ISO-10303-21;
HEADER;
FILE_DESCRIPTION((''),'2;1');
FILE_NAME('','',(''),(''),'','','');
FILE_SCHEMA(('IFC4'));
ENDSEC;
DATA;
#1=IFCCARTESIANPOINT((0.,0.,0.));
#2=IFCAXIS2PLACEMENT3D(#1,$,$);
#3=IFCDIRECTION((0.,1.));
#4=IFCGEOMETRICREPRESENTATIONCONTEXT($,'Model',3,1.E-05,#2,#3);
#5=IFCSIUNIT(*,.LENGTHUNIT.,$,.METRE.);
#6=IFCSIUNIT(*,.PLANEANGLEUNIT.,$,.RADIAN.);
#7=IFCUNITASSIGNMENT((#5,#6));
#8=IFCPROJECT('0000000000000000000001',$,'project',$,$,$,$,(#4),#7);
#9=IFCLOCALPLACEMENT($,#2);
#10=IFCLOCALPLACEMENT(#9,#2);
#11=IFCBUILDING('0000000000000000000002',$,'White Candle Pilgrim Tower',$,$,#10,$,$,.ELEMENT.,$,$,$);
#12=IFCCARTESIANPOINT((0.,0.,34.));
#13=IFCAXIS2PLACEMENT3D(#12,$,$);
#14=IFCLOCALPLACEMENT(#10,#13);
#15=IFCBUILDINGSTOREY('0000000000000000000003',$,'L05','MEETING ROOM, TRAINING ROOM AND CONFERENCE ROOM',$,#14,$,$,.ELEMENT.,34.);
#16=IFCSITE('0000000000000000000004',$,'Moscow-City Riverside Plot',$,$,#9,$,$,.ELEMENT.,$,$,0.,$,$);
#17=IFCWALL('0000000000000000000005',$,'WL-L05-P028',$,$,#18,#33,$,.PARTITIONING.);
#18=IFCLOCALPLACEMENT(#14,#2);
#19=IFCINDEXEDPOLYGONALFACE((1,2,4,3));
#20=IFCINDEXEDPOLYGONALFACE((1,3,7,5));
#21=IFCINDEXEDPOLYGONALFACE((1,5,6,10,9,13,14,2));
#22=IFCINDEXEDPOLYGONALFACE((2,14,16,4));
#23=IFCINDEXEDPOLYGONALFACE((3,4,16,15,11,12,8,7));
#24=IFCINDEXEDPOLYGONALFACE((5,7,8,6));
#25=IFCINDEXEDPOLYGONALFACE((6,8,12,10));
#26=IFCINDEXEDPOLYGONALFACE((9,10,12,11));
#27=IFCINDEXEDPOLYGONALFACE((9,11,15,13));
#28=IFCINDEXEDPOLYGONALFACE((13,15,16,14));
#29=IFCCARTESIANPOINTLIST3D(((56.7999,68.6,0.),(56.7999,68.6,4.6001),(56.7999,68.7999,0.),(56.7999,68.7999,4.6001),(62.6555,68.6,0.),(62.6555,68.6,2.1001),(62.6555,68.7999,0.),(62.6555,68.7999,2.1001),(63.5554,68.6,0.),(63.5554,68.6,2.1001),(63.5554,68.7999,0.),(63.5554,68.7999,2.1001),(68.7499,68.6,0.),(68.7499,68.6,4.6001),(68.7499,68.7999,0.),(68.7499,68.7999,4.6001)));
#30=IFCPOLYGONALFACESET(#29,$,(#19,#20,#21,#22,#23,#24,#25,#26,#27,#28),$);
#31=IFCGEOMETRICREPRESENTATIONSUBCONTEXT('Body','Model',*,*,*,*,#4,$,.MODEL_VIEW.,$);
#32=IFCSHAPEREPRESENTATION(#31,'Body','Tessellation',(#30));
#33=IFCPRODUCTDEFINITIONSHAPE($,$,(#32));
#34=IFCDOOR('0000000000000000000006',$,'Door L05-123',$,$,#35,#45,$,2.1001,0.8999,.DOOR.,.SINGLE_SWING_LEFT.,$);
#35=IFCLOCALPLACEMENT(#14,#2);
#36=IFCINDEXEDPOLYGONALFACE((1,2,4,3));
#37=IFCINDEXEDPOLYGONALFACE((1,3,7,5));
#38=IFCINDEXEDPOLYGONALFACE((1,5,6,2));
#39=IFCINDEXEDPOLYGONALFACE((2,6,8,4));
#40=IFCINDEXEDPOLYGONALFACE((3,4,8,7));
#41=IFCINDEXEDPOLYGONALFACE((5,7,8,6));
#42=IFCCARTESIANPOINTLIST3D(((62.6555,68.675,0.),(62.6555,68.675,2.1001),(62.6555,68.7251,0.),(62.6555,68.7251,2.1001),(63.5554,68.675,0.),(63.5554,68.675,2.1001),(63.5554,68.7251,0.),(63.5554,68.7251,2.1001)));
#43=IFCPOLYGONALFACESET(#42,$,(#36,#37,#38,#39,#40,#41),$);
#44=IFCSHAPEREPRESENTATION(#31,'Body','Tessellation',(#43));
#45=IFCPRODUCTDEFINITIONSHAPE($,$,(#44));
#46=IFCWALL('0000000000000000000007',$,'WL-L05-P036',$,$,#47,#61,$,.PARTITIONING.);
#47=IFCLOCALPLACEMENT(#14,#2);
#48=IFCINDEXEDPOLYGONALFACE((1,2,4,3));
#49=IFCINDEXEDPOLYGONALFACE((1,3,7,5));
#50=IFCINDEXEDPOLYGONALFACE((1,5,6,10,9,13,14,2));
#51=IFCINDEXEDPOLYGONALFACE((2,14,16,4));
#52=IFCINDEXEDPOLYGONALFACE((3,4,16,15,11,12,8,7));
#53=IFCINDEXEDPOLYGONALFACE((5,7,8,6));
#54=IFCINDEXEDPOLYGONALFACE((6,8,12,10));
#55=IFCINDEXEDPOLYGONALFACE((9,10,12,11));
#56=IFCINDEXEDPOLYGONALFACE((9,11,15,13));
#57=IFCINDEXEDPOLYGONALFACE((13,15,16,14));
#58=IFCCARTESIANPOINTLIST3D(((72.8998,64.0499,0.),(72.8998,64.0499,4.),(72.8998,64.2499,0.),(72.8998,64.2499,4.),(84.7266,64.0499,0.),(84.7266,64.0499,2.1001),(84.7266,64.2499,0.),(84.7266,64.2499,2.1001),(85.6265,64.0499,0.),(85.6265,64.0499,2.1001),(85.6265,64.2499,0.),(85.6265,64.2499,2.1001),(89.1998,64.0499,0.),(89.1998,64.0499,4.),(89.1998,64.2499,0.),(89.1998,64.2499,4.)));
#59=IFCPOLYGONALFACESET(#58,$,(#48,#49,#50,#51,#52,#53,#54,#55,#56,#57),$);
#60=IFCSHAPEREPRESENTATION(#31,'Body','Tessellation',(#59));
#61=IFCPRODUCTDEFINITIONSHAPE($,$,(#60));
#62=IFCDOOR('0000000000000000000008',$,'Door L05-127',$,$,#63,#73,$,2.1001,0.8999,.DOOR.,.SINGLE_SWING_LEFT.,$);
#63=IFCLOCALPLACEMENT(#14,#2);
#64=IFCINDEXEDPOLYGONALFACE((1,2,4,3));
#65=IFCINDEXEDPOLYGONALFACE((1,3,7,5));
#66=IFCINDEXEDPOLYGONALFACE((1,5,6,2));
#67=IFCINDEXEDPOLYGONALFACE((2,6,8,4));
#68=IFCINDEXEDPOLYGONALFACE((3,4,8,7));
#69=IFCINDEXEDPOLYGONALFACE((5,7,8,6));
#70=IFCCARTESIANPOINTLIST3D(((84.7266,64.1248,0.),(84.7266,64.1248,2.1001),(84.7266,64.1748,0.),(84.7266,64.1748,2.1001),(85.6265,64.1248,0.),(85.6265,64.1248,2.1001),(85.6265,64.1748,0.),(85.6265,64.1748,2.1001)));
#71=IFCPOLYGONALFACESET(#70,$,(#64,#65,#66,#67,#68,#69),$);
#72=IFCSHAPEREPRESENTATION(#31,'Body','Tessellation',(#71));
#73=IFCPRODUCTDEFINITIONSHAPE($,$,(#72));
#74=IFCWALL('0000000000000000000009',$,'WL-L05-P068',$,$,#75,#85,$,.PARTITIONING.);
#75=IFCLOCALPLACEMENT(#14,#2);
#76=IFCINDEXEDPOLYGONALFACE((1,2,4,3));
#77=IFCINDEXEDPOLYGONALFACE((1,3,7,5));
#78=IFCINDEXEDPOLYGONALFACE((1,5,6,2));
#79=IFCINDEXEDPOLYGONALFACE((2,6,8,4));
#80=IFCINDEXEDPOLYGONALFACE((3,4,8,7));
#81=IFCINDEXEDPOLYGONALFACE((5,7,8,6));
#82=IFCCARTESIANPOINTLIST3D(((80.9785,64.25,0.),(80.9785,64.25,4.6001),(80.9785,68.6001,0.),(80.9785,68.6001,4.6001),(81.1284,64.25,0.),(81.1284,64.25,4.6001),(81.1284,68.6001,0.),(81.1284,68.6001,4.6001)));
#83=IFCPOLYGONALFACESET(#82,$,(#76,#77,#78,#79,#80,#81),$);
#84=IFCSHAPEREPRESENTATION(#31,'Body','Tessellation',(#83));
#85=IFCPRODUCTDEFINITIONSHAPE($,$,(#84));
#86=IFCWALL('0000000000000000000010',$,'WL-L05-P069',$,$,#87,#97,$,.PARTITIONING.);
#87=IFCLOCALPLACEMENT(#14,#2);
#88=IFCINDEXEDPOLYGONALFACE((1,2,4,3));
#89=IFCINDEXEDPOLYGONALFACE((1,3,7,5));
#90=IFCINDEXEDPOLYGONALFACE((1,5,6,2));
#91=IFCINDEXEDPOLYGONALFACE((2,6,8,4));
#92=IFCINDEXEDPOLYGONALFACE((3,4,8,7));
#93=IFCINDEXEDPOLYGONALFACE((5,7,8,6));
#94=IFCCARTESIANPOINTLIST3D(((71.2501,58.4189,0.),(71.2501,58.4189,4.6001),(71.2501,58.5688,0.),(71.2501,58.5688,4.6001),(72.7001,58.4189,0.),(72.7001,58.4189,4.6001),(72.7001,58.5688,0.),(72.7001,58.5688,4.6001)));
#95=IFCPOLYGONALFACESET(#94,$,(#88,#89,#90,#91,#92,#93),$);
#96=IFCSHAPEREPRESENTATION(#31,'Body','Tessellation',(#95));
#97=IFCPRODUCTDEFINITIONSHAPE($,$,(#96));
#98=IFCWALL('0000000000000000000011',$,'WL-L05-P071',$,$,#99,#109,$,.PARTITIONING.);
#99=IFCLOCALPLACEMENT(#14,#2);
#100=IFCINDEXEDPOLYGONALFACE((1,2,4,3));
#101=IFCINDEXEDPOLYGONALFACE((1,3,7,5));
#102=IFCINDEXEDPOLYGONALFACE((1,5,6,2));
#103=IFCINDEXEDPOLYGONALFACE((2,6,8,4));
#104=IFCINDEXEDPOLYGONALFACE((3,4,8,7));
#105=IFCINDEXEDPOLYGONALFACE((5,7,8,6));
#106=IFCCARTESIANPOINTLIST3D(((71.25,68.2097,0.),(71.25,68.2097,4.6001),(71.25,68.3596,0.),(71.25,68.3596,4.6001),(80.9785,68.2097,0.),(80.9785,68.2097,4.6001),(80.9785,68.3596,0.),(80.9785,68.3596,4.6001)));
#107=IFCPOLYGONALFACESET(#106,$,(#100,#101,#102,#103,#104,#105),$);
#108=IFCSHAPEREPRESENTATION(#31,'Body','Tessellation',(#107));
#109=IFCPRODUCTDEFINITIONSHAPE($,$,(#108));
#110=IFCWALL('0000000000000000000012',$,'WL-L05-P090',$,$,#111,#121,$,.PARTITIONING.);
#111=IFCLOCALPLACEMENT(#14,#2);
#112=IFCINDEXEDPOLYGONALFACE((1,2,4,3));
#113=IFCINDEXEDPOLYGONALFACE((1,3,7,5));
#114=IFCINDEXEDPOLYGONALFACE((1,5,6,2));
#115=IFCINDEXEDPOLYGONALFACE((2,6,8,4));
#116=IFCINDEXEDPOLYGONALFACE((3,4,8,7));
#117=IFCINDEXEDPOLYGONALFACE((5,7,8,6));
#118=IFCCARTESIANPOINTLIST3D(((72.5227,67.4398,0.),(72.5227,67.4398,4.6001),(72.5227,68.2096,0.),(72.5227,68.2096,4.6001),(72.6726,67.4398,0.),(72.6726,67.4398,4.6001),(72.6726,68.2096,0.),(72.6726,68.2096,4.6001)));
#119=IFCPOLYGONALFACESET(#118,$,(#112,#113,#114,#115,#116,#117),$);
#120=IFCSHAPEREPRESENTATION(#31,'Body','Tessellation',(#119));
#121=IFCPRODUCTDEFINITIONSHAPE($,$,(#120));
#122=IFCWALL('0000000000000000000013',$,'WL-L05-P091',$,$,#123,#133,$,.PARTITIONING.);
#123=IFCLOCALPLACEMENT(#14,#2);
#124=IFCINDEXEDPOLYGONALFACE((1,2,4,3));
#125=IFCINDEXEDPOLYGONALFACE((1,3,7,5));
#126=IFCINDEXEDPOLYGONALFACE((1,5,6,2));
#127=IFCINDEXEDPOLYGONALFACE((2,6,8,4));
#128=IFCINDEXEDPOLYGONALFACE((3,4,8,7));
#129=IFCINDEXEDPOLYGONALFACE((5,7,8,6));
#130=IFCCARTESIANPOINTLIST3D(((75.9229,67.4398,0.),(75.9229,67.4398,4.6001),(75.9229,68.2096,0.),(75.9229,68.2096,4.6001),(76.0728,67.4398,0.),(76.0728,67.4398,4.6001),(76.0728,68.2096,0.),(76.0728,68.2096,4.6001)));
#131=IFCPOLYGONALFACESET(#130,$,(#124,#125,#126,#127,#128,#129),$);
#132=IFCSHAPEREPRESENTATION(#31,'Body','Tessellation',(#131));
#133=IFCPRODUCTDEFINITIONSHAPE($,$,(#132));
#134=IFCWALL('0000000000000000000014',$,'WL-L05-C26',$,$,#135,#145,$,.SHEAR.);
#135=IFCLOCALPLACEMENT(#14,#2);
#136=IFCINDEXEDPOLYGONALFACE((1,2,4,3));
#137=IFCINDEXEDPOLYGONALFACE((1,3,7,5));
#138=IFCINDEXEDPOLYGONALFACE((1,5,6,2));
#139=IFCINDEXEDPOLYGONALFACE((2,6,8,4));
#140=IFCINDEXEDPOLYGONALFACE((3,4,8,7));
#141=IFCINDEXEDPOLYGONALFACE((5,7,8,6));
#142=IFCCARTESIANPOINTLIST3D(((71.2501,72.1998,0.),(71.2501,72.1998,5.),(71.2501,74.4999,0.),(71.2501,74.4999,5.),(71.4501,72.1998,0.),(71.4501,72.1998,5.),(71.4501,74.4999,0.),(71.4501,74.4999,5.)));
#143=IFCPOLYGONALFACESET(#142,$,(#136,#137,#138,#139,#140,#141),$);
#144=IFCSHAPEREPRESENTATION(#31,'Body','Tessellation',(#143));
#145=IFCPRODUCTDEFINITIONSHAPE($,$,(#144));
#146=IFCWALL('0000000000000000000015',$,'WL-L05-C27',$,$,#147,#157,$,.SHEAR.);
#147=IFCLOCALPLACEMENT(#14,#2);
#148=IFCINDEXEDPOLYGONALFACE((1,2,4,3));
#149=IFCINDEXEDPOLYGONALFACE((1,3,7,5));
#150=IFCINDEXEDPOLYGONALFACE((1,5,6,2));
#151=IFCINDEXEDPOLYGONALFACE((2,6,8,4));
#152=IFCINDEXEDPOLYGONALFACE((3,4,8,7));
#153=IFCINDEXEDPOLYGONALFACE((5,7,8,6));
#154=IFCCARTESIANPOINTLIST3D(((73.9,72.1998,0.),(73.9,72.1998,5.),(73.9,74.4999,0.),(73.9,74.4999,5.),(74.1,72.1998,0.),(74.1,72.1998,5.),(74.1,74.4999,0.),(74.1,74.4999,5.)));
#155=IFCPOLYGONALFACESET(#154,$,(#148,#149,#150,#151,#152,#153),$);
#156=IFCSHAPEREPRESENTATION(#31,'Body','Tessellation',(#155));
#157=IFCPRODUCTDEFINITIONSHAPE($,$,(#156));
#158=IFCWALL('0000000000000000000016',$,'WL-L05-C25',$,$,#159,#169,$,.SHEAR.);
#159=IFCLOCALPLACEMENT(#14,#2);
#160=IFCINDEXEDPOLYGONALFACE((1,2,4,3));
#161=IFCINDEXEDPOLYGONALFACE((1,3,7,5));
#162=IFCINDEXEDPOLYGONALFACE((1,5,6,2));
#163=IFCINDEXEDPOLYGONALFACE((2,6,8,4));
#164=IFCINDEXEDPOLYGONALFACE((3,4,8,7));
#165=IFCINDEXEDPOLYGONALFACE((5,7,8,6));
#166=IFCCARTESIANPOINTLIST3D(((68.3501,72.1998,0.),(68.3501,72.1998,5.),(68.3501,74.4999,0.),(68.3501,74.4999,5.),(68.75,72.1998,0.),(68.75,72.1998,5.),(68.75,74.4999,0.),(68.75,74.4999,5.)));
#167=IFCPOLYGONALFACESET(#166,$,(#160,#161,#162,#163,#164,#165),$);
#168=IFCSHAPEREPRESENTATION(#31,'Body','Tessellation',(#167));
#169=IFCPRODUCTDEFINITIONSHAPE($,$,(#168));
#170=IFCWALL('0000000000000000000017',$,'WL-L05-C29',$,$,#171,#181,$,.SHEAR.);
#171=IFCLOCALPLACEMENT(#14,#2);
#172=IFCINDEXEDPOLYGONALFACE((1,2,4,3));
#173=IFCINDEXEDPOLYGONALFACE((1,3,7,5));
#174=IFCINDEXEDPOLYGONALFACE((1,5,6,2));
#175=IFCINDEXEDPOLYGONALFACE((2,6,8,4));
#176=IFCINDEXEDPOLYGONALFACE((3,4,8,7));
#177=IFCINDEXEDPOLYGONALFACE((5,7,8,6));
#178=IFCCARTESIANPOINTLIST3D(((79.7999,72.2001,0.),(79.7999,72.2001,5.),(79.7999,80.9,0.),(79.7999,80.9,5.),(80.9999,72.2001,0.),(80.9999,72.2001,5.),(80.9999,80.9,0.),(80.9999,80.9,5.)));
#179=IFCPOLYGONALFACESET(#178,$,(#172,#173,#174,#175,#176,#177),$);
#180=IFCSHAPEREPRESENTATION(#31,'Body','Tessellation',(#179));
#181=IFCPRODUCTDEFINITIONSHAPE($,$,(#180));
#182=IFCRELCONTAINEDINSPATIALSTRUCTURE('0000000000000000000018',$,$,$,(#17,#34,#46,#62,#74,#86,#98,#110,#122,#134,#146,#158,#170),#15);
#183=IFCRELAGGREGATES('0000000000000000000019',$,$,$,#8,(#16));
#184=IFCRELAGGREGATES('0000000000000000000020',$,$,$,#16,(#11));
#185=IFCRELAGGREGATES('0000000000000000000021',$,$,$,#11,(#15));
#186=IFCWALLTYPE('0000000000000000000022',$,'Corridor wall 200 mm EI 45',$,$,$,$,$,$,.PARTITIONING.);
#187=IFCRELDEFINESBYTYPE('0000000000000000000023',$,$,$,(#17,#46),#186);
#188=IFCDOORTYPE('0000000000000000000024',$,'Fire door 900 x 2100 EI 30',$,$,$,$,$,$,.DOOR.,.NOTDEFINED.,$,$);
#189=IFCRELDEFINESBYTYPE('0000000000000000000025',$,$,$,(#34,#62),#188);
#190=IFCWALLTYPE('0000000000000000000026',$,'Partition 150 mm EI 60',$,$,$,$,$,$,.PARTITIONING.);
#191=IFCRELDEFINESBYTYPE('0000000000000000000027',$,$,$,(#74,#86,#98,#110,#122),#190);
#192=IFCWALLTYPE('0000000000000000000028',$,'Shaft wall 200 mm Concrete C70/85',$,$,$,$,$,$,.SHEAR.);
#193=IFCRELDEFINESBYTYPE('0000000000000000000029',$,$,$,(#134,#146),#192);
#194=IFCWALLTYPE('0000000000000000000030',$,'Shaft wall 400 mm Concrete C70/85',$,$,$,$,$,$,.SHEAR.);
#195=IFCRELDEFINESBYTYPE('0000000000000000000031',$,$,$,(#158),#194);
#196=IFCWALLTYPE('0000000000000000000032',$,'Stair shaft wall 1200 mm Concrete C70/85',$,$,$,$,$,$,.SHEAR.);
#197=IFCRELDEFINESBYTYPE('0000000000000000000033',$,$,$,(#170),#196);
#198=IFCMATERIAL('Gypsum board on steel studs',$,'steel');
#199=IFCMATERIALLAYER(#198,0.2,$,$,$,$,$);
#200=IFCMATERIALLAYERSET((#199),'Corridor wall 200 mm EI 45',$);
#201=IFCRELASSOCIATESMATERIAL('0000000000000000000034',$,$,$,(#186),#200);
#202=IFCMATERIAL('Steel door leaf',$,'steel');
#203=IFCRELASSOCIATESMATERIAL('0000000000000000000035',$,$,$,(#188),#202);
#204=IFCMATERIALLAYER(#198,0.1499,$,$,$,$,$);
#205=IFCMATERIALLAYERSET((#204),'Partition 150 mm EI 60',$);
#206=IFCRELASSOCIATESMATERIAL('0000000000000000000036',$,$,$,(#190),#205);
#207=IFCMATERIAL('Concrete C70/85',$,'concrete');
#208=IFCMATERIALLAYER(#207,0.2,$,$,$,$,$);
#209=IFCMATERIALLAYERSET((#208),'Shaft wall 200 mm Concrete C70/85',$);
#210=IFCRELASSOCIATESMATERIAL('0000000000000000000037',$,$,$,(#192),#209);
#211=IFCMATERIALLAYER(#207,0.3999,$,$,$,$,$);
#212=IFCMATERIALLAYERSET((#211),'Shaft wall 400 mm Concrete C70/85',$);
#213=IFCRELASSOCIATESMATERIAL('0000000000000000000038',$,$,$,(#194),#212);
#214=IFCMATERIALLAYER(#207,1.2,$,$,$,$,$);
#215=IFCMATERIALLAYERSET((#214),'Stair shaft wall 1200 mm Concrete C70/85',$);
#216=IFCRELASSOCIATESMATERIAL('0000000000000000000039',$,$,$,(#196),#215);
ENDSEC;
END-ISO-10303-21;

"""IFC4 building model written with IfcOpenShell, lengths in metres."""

from ifc_helpers import new_model, si_unit, direction, frame, frame_2d, origin, place, context, subcontext, project, spatial, rectangle, extrude, material, layer, layer_set, type_object, element, fill, save


model = new_model("IFC4")

# Units and contexts
model_context = context("Model", 3, precision=1e-05, world=origin(), true_north=direction((0.0, 1.0)))
body_context = subcontext(model_context, "Body", "Model", "MODEL_VIEW")
ifc_project = project(units=[si_unit("LENGTHUNIT", "METRE"), si_unit("PLANEANGLEUNIT", "RADIAN")], contexts=[model_context])

# Site, building, storey
site_placement = place(None, origin())
site = spatial("IfcSite", under=ifc_project, at=site_placement, Name="Moscow-City Riverside Plot", CompositionType="ELEMENT", RefElevation=0.0)
building_placement = place(site_placement, origin())
building = spatial("IfcBuilding", under=site, at=building_placement, Name="White Candle Pilgrim Tower", CompositionType="ELEMENT")
storey_placement = place(building_placement, frame((0.0, 0.0, 34.0)))
storey = spatial("IfcBuildingStorey", under=building, at=storey_placement, Name="L05", Description="MEETING ROOM, TRAINING ROOM AND CONFERENCE ROOM", CompositionType="ELEMENT", Elevation=34.0)

# Shared definitions
ifc_material_1 = material(Name="Gypsum board on steel studs", Category="steel")
ifc_layer_1 = layer(ifc_material_1, 0.2)
ifc_layer_set_1 = layer_set([ifc_layer_1], Name="Corridor wall 200 mm EI 45")
wall_type_1 = type_object("IfcWallType", Name="Corridor wall 200 mm EI 45", PredefinedType="PARTITIONING", material=ifc_layer_set_1)
ifc_material_2 = material(Name="Steel door leaf", Category="steel")
door_type = type_object("IfcDoorType", Name="Fire door 900 x 2100 EI 30", OperationType="NOTDEFINED", PredefinedType="DOOR", material=ifc_material_2)

# Walls, openings, doors
wall_1_placement = place(storey_placement, frame((68.75, 68.7, 0.0), z_axis=(0.0, 0.0, 1.0), x_axis=(-1.0, 0.0, 0.0)))
wall_1 = element("IfcWall", 1, at=wall_1_placement, inside=storey, type_object=wall_type_1, Name="WL-L05-P028", PredefinedType="PARTITIONING", context=body_context, shape_type="SweptSolid", body=[
    extrude(rectangle(XDim=11.95, YDim=0.2, at=frame_2d((5.9751, 0.0))), origin(), (0.0, 0.0, 1.0), 4.6001),
])
opening_1_placement = place(wall_1_placement, frame((5.1946, 0.0, 0.0)))
opening_1 = element("IfcOpeningElement", 2, at=opening_1_placement, cuts=wall_1, PredefinedType="OPENING", context=body_context, shape_type="SweptSolid", body=[
    extrude(rectangle(XDim=0.8999, YDim=2.1001, at=frame_2d((0.45, 1.05))), frame((0.0, 0.1099, 0.0), z_axis=(0.0, -1.0, 0.0), x_axis=(1.0, 0.0, 0.0)), (0.0, 0.0, 1.0), 0.22),
])
door_1_placement = place(opening_1_placement, origin())
door_1 = element("IfcDoor", 3, at=door_1_placement, inside=storey, type_object=door_type, Name="Door L05-123", OperationType="SINGLE_SWING_LEFT", OverallHeight=2.1001, OverallWidth=0.8999, PredefinedType="DOOR", context=body_context, shape_type="SweptSolid", body=[
    extrude(rectangle(XDim=0.8999, YDim=2.1001, at=frame_2d((0.45, 1.05))), frame((0.0, 0.0249, 0.0), z_axis=(0.0, -1.0, 0.0), x_axis=(1.0, 0.0, 0.0)), (0.0, 0.0, 1.0), 0.05),
])
fill(opening_1, door_1)
wall_2_placement = place(storey_placement, frame((72.8999, 64.1499, 0.0), z_axis=(0.0, 0.0, 1.0), x_axis=(1.0, 0.0, 0.0)))
wall_2 = element("IfcWall", 4, at=wall_2_placement, inside=storey, type_object=wall_type_1, Name="WL-L05-P036", PredefinedType="PARTITIONING", context=body_context, shape_type="SweptSolid", body=[
    extrude(rectangle(XDim=16.3, YDim=0.2, at=frame_2d((8.1499, 0.0))), origin(), (0.0, 0.0, 1.0), 4.0),
])
opening_2_placement = place(wall_2_placement, frame((11.8267, 0.0, 0.0)))
opening_2 = element("IfcOpeningElement", 5, at=opening_2_placement, cuts=wall_2, PredefinedType="OPENING", context=body_context, shape_type="SweptSolid", body=[
    extrude(rectangle(XDim=0.8999, YDim=2.1001, at=frame_2d((0.45, 1.05))), frame((0.0, 0.1099, 0.0), z_axis=(0.0, -1.0, 0.0), x_axis=(1.0, 0.0, 0.0)), (0.0, 0.0, 1.0), 0.22),
])
door_2_placement = place(opening_2_placement, origin())
door_2 = element("IfcDoor", 6, at=door_2_placement, inside=storey, type_object=door_type, Name="Door L05-127", OperationType="SINGLE_SWING_LEFT", OverallHeight=2.1001, OverallWidth=0.8999, PredefinedType="DOOR", context=body_context, shape_type="SweptSolid", body=[
    extrude(rectangle(XDim=0.8999, YDim=2.1001, at=frame_2d((0.45, 1.05))), frame((0.0, 0.0249, 0.0), z_axis=(0.0, -1.0, 0.0), x_axis=(1.0, 0.0, 0.0)), (0.0, 0.0, 1.0), 0.05),
])
fill(opening_2, door_2)

# Walls
ifc_layer_2 = layer(ifc_material_1, 0.1499)
ifc_layer_set_2 = layer_set([ifc_layer_2], Name="Partition 150 mm EI 60")
wall_type_2 = type_object("IfcWallType", Name="Partition 150 mm EI 60", PredefinedType="PARTITIONING", material=ifc_layer_set_2)
wall_3_placement = place(storey_placement, frame((81.0535, 64.25, 0.0), z_axis=(0.0, 0.0, 1.0), x_axis=(0.0, 1.0, 0.0)))
element("IfcWall", 7, at=wall_3_placement, inside=storey, type_object=wall_type_2, Name="WL-L05-P068", PredefinedType="PARTITIONING", context=body_context, shape_type="SweptSolid", body=[
    extrude(rectangle(XDim=4.3501, YDim=0.1499, at=frame_2d((2.175, 0.0))), origin(), (0.0, 0.0, 1.0), 4.6001),
])
wall_4_placement = place(storey_placement, frame((71.25, 58.4939, 0.0), z_axis=(0.0, 0.0, 1.0), x_axis=(1.0, 0.0, 0.0)))
element("IfcWall", 8, at=wall_4_placement, inside=storey, type_object=wall_type_2, Name="WL-L05-P069", PredefinedType="PARTITIONING", context=body_context, shape_type="SweptSolid", body=[
    extrude(rectangle(XDim=1.45, YDim=0.1499, at=frame_2d((0.7251, 0.0))), origin(), (0.0, 0.0, 1.0), 4.6001),
])
wall_5_placement = place(storey_placement, frame((71.25, 68.2847, 0.0), z_axis=(0.0, 0.0, 1.0), x_axis=(1.0, 0.0, 0.0)))
element("IfcWall", 9, at=wall_5_placement, inside=storey, type_object=wall_type_2, Name="WL-L05-P071", PredefinedType="PARTITIONING", context=body_context, shape_type="SweptSolid", body=[
    extrude(rectangle(XDim=9.7285, YDim=0.1499, at=frame_2d((4.8643, 0.0))), origin(), (0.0, 0.0, 1.0), 4.6001),
])
for number, where, z_axis, x_axis, name in (
    (10, (72.5977, 67.4399, 0.0), (0.0, 0.0, 1.0), (0.0, 1.0, 0.0), "WL-L05-P090"),
    (11, (75.9978, 67.4399, 0.0), (0.0, 0.0, 1.0), (0.0, 1.0, 0.0), "WL-L05-P091"),
):
    element("IfcWall", number, at=place(storey_placement, frame(where, z_axis=z_axis, x_axis=x_axis)), inside=storey, type_object=wall_type_2, Name=name, PredefinedType="PARTITIONING", context=body_context, shape_type="SweptSolid", body=[
        extrude(rectangle(XDim=0.7698, YDim=0.1499, at=frame_2d((0.3848, 0.0))), origin(), (0.0, 0.0, 1.0), 4.6001),
    ])
ifc_material_3 = material(Name="Concrete C70/85", Category="concrete")
ifc_layer_3 = layer(ifc_material_3, 0.2)
ifc_layer_set_3 = layer_set([ifc_layer_3], Name="Shaft wall 200 mm Concrete C70/85")
wall_type_3 = type_object("IfcWallType", Name="Shaft wall 200 mm Concrete C70/85", PredefinedType="SHEAR", material=ifc_layer_set_3)
for number, where, z_axis, x_axis, name in (
    (12, (71.3501, 72.2, 0.0), (0.0, 0.0, 1.0), (0.0, 1.0, 0.0), "WL-L05-C26"),
    (13, (74.0, 72.2, 0.0), (0.0, 0.0, 1.0), (0.0, 1.0, 0.0), "WL-L05-C27"),
):
    element("IfcWall", number, at=place(storey_placement, frame(where, z_axis=z_axis, x_axis=x_axis)), inside=storey, type_object=wall_type_3, Name=name, PredefinedType="SHEAR", context=body_context, shape_type="SweptSolid", body=[
        extrude(rectangle(XDim=2.3, YDim=0.2, at=frame_2d((1.1499, 0.0))), origin(), (0.0, 0.0, 1.0), 5.0),
    ])
ifc_layer_4 = layer(ifc_material_3, 0.3999)
ifc_layer_set_4 = layer_set([ifc_layer_4], Name="Shaft wall 400 mm Concrete C70/85")
wall_type_4 = type_object("IfcWallType", Name="Shaft wall 400 mm Concrete C70/85", PredefinedType="SHEAR", material=ifc_layer_set_4)
wall_6_placement = place(storey_placement, frame((68.55, 72.2, 0.0), z_axis=(0.0, 0.0, 1.0), x_axis=(0.0, 1.0, 0.0)))
element("IfcWall", 14, at=wall_6_placement, inside=storey, type_object=wall_type_4, Name="WL-L05-C25", PredefinedType="SHEAR", context=body_context, shape_type="SweptSolid", body=[
    extrude(rectangle(XDim=2.3, YDim=0.3999, at=frame_2d((1.1499, 0.0))), origin(), (0.0, 0.0, 1.0), 5.0),
])
ifc_layer_5 = layer(ifc_material_3, 1.2)
ifc_layer_set_5 = layer_set([ifc_layer_5], Name="Stair shaft wall 1200 mm Concrete C70/85")
wall_type_5 = type_object("IfcWallType", Name="Stair shaft wall 1200 mm Concrete C70/85", PredefinedType="SHEAR", material=ifc_layer_set_5)
wall_7_placement = place(storey_placement, frame((80.3999, 72.2, 0.0), z_axis=(0.0, 0.0, 1.0), x_axis=(0.0, 1.0, 0.0)))
element("IfcWall", 15, at=wall_7_placement, inside=storey, type_object=wall_type_5, Name="WL-L05-C29", PredefinedType="SHEAR", context=body_context, shape_type="SweptSolid", body=[
    extrude(rectangle(XDim=8.7, YDim=1.2, at=frame_2d((4.3501, 0.0))), origin(), (0.0, 0.0, 1.0), 5.0),
])

save(model, "model.ifc")
